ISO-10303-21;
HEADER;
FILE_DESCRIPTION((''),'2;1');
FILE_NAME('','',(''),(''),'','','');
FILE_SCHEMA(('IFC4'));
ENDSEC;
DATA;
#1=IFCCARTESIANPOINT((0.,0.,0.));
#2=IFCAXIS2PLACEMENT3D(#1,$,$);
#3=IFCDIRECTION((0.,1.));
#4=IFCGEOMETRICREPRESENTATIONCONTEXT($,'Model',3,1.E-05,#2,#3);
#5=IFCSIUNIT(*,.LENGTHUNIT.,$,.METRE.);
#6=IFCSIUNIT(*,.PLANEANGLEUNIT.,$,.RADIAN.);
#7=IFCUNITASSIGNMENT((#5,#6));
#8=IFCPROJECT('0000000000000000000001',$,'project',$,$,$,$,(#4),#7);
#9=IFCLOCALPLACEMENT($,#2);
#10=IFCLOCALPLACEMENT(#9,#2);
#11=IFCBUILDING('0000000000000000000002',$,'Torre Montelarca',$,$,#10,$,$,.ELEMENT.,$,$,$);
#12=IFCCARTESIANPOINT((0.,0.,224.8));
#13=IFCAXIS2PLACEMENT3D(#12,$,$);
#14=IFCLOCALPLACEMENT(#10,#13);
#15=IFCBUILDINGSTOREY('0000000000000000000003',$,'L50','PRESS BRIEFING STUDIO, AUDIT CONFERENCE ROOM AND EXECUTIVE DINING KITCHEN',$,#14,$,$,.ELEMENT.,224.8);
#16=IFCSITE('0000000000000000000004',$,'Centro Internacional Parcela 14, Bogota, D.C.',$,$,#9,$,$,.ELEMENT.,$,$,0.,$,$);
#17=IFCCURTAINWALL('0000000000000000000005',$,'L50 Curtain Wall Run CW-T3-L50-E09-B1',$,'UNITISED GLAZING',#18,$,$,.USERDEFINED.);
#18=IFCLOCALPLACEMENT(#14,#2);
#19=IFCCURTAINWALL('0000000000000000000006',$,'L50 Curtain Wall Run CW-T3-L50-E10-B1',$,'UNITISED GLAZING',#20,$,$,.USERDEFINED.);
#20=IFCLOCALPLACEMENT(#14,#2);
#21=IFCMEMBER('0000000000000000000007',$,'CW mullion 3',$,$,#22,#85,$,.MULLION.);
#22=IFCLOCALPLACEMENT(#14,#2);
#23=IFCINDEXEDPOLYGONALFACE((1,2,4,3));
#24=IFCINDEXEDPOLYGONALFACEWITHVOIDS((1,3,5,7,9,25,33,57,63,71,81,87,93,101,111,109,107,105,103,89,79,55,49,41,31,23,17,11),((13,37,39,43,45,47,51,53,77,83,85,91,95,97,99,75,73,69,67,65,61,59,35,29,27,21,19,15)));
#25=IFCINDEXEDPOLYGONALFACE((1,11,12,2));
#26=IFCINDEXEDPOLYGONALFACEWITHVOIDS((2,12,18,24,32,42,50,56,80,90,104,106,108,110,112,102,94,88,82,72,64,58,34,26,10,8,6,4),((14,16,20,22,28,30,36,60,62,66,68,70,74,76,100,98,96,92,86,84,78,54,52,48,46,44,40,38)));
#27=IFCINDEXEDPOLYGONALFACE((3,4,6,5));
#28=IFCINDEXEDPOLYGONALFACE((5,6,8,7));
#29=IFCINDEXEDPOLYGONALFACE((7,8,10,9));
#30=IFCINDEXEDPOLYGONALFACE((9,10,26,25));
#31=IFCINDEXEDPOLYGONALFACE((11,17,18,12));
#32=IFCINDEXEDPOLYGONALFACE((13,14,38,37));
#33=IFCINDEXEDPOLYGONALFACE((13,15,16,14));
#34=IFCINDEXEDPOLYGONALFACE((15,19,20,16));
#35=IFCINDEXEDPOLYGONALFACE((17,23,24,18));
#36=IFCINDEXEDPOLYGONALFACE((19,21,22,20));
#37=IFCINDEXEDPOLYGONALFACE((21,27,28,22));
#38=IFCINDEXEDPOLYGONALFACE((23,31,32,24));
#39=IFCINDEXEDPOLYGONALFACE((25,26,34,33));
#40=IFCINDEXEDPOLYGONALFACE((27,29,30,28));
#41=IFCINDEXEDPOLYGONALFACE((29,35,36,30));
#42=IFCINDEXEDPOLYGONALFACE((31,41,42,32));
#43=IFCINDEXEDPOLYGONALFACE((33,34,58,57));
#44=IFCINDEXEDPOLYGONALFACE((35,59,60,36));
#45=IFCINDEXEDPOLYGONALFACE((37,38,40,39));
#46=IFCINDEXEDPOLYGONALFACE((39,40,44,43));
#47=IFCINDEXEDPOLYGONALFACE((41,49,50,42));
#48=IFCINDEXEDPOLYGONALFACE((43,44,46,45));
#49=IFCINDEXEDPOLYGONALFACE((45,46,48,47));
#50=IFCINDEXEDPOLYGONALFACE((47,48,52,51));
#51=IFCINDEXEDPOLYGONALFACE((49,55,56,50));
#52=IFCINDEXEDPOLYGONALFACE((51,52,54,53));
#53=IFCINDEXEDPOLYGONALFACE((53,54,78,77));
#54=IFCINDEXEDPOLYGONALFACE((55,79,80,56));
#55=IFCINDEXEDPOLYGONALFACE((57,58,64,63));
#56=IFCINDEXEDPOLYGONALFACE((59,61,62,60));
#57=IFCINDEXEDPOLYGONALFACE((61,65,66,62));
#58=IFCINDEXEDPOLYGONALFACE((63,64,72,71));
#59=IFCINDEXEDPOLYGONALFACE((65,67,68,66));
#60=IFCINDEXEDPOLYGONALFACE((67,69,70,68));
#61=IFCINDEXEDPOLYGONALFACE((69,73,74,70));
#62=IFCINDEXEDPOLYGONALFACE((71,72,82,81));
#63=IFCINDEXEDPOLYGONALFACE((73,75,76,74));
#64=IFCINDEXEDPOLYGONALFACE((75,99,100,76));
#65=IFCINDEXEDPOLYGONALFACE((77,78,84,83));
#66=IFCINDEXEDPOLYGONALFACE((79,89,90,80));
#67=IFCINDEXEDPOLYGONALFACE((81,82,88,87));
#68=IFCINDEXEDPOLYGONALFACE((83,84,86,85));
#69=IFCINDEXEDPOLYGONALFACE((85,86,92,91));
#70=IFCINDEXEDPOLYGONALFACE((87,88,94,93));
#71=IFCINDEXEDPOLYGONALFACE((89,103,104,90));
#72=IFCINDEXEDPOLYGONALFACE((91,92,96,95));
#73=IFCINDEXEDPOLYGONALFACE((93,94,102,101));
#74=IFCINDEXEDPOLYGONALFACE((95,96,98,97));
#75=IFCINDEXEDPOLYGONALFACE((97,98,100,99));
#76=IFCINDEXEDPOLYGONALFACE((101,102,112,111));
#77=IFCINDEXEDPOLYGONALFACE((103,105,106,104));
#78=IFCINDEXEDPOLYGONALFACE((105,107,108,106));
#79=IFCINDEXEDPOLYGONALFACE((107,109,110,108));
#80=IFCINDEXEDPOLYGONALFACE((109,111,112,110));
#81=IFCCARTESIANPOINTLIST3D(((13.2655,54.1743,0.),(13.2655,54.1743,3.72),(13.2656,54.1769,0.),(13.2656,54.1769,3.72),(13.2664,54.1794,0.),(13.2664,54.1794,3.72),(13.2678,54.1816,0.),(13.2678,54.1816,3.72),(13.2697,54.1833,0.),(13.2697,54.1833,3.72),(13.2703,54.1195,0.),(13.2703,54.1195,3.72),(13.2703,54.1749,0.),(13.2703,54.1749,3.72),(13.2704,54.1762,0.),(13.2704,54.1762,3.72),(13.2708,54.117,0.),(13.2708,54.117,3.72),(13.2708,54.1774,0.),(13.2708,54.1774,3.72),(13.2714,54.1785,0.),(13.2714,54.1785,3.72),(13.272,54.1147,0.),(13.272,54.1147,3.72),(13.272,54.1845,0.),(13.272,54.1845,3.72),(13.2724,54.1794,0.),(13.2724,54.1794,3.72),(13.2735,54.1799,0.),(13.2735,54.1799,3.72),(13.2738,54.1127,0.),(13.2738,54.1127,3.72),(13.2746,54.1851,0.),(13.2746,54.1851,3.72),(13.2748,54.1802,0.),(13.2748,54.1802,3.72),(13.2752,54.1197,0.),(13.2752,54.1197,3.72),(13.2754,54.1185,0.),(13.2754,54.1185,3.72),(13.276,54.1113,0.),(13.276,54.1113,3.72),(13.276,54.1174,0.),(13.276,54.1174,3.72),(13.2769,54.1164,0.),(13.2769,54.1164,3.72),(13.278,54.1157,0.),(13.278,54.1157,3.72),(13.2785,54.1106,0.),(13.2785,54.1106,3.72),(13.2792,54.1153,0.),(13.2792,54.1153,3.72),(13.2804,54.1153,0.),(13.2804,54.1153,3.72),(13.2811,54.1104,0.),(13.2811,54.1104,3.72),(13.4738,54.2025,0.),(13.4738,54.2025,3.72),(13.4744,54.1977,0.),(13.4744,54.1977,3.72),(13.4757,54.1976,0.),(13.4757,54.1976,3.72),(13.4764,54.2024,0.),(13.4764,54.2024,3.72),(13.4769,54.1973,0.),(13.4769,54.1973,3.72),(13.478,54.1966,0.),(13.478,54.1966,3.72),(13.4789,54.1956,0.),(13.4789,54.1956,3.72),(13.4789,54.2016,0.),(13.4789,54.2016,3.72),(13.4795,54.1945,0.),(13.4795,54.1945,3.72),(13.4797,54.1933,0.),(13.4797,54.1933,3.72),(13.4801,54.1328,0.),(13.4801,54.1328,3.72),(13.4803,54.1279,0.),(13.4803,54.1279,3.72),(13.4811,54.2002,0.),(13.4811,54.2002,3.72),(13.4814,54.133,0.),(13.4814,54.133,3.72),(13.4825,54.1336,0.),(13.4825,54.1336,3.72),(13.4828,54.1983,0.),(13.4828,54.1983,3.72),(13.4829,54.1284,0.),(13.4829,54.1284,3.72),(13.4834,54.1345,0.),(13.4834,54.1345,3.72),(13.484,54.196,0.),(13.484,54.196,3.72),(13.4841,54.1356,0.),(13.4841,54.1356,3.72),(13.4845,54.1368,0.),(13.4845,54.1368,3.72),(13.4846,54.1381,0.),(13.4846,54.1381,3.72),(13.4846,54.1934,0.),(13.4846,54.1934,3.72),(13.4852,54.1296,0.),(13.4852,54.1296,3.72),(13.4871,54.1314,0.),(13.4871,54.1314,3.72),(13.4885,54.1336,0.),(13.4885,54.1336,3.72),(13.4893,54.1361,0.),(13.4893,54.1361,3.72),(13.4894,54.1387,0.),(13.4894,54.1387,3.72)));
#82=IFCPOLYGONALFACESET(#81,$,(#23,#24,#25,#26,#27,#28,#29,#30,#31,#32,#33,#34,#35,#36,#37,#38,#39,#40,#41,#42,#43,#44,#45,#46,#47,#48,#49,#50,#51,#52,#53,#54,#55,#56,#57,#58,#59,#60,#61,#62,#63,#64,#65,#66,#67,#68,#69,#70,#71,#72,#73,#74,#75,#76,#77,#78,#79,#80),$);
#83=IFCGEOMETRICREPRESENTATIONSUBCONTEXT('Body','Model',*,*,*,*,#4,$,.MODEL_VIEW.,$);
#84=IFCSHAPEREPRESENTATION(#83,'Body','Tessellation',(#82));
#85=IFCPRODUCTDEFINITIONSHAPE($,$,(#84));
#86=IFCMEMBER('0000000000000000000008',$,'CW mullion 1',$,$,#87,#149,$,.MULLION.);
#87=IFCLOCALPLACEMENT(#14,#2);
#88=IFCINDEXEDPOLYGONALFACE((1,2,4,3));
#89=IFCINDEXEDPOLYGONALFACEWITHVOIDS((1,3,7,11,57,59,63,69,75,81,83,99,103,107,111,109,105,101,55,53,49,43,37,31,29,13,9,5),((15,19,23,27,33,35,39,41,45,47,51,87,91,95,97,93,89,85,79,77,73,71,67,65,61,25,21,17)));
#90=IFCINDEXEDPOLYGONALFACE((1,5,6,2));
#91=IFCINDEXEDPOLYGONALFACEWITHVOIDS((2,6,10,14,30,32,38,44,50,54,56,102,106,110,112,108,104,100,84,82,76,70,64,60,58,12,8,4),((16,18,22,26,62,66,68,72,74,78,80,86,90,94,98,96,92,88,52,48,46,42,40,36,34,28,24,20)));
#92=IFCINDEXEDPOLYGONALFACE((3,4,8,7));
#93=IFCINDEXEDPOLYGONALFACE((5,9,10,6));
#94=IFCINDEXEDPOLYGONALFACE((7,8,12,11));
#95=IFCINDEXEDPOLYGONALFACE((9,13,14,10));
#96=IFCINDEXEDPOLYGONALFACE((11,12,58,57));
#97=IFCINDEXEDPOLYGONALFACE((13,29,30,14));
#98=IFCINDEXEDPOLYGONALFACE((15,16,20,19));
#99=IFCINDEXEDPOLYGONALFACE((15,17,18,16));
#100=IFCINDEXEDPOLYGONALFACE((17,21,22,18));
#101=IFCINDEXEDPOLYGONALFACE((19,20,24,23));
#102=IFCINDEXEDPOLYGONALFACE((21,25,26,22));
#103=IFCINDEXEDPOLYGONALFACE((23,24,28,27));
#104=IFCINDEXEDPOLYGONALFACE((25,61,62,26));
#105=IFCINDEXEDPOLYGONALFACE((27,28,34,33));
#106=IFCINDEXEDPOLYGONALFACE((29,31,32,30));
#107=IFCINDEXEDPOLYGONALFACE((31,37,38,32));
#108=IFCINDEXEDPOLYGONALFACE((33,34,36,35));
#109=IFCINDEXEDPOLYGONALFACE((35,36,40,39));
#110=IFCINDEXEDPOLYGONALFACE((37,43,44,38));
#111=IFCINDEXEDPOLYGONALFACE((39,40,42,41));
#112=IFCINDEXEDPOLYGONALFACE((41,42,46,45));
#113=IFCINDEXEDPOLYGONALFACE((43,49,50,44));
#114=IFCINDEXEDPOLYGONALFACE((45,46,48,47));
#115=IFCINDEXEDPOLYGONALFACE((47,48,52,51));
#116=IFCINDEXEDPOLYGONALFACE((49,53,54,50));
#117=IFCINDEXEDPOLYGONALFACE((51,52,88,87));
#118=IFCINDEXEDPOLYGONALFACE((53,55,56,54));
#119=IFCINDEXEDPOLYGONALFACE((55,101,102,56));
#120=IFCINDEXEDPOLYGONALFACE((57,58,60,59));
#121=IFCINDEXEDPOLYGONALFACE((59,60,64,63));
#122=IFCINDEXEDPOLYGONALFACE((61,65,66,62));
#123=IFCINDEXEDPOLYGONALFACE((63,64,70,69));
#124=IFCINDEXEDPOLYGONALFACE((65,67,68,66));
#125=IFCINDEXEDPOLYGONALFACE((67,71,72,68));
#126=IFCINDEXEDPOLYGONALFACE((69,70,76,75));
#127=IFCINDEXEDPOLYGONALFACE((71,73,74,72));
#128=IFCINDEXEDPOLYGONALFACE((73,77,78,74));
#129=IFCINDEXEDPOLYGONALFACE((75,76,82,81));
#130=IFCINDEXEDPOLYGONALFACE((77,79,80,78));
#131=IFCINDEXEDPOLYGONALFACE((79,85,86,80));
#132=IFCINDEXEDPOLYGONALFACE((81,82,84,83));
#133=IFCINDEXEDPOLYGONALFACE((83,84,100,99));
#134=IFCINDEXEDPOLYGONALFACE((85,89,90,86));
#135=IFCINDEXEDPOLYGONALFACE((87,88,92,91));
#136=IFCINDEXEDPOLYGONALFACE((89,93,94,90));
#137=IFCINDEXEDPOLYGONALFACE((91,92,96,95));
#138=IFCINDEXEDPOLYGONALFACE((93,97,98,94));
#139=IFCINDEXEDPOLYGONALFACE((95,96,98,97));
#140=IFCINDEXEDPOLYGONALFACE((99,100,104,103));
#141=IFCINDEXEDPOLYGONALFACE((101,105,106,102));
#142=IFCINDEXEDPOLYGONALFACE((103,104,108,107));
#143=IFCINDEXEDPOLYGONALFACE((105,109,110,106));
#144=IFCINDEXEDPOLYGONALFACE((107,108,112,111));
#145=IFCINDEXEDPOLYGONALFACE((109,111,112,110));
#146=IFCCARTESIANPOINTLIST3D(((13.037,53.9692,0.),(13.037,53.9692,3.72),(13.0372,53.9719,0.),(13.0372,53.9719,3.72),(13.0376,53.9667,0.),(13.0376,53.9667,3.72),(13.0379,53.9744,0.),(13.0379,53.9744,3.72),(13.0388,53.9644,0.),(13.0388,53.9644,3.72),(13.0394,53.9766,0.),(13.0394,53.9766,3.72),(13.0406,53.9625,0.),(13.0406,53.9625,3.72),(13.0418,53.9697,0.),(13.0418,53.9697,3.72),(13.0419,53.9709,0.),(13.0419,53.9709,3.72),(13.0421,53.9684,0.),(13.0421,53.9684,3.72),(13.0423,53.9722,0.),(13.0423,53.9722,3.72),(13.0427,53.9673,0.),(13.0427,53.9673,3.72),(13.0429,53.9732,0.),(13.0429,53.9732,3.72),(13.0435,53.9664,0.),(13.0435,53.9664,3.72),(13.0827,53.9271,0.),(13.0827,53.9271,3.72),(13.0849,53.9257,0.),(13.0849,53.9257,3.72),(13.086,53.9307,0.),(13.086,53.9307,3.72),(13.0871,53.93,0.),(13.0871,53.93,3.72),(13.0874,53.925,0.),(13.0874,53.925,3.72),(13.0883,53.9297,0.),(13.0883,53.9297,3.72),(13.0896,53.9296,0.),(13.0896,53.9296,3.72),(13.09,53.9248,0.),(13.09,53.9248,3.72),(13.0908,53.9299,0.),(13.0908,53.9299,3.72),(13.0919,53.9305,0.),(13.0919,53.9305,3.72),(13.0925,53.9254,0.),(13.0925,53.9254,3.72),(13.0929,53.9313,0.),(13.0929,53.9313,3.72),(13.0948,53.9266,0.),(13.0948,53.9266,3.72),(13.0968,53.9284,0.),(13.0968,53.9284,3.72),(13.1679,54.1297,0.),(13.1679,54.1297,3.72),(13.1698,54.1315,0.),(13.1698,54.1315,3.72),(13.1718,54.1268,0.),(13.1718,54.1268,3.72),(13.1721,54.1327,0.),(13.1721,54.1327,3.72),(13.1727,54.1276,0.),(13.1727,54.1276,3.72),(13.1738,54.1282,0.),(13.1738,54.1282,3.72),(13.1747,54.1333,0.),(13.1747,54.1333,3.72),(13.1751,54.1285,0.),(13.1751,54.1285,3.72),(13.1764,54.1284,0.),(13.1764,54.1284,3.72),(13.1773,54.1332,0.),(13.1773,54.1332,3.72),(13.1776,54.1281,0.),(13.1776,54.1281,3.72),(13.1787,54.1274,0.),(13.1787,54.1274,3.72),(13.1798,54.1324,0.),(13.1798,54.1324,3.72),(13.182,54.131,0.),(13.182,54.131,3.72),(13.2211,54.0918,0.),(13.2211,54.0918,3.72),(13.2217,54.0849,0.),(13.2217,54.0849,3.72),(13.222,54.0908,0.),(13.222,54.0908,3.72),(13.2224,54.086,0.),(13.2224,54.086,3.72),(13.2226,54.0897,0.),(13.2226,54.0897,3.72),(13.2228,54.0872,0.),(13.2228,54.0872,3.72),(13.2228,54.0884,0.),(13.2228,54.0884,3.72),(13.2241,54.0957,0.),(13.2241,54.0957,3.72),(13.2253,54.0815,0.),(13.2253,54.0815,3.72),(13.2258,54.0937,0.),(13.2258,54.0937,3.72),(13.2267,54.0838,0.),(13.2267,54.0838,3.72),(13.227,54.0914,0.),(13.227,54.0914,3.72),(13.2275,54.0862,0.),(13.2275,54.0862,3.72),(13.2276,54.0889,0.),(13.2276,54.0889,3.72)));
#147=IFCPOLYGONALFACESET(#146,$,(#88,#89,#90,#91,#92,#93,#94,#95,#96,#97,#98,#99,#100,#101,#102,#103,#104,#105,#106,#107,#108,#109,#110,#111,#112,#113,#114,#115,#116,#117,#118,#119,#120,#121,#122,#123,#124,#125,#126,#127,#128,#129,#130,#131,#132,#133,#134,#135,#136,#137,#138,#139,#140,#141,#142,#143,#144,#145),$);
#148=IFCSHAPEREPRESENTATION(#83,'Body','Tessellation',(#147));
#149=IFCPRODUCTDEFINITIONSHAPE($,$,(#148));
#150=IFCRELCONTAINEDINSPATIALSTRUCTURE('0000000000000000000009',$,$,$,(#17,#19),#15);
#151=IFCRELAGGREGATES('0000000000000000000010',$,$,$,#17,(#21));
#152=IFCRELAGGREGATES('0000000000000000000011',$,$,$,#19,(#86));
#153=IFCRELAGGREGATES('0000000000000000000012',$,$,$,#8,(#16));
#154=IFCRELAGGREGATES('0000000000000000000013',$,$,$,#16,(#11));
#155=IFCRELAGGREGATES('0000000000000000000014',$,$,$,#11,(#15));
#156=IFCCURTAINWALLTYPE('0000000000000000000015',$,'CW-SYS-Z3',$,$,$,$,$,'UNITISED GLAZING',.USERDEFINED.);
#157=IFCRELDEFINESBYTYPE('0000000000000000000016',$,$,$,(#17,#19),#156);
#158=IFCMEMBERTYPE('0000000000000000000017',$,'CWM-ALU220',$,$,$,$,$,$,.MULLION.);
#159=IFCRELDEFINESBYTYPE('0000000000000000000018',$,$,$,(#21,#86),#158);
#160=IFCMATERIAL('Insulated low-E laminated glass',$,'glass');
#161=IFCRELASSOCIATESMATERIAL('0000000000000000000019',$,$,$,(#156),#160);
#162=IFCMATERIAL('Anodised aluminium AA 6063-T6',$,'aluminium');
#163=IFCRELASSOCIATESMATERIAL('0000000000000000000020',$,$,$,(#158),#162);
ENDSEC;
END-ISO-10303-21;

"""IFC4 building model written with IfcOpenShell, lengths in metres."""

from ifc_helpers import new_model, si_unit, direction, frame, origin, origin_2d, place, context, subcontext, project, spatial, hollow_rectangle, extrude, source, transform, mapped, material, material_profile, profile_set, type_object, element, aggregate, save


model = new_model("IFC4")

# Units and contexts
model_context = context("Model", 3, precision=1e-05, world=origin(), true_north=direction((0.0, 1.0)))
body_context = subcontext(model_context, "Body", "Model", "MODEL_VIEW")
ifc_project = project(units=[si_unit("LENGTHUNIT", "METRE"), si_unit("PLANEANGLEUNIT", "RADIAN")], contexts=[model_context])

# Site, building, storey
site_placement = place(None, origin())
site = spatial("IfcSite", under=ifc_project, at=site_placement, Name="Centro Internacional Parcela 14, Bogota, D.C.", CompositionType="ELEMENT", RefElevation=0.0)
building_placement = place(site_placement, origin())
building = spatial("IfcBuilding", under=site, at=building_placement, Name="Torre Montelarca", CompositionType="ELEMENT")
storey_placement = place(building_placement, frame((0.0, 0.0, 224.8)))
storey = spatial("IfcBuildingStorey", under=building, at=storey_placement, Name="L50", Description="PRESS BRIEFING STUDIO, AUDIT CONFERENCE ROOM AND EXECUTIVE DINING KITCHEN", CompositionType="ELEMENT", Elevation=224.8)

# Curtain walls
ifc_material_1 = material(Name="Insulated low-E laminated glass", Category="glass")
curtain_wall_type = type_object("IfcCurtainWallType", Name="CW-SYS-Z3", ElementType="UNITISED GLAZING", PredefinedType="USERDEFINED", material=ifc_material_1)
curtain_wall_1_placement = place(storey_placement, origin())
curtain_wall_1 = element("IfcCurtainWall", 1, at=curtain_wall_1_placement, inside=storey, type_object=curtain_wall_type, Name="L50 Curtain Wall Run CW-T3-L50-E09-B1", ObjectType="UNITISED GLAZING", PredefinedType="USERDEFINED")
ifc_material_2 = material(Name="Anodised aluminium AA 6063-T6", Category="aluminium")
curtain_wall_2_placement = place(storey_placement, origin())
curtain_wall_2 = element("IfcCurtainWall", 2, at=curtain_wall_2_placement, inside=storey, type_object=curtain_wall_type, Name="L50 Curtain Wall Run CW-T3-L50-E10-B1", ObjectType="UNITISED GLAZING", PredefinedType="USERDEFINED")

# Members
ifc_material_profile_1 = material_profile(ifc_material_2, hollow_rectangle(XDim=0.075, YDim=0.22, WallThickness=0.0049, InnerFilletRadius=0.0049, OuterFilletRadius=0.01, at=origin_2d()), Name="ALU75X220X5", Category="aluminium")
ifc_profile_set_1 = profile_set([ifc_material_profile_1], Name="Anodised aluminium AA 6063-T6")
member_type_1 = type_object("IfcMemberType", Name="CWM-ALU220", PredefinedType="MULLION", material=ifc_profile_set_1)
shared_shape_1 = source(origin(), body_context, "Body", "SweptSolid", [
    extrude(hollow_rectangle(XDim=0.075, YDim=0.22, WallThickness=0.0049, InnerFilletRadius=0.0049, OuterFilletRadius=0.01, at=origin_2d()), origin(), (0.0, 0.0, 1.0), 3.72),
])
member_1_placement = place(storey_placement, frame((13.3774, 54.1565, 0.0), z_axis=(0.0, 0.0, 1.0), x_axis=(0.087183, -0.996192, 0.0)))
member_1 = element("IfcMember", 3, at=member_1_placement, type_object=member_type_1, Name="CW mullion 3", PredefinedType="MULLION", context=body_context, shape_type="MappedRepresentation", body=[
    mapped(shared_shape_1, transform((0.0, 0.0, 0.0), scale=1.0)),
])
member_2_placement = place(storey_placement, frame((13.1323, 54.0291, 0.0), z_axis=(0.0, 0.0, 1.0), x_axis=(0.766044, -0.642788, 0.0)))
member_2 = element("IfcMember", 4, at=member_2_placement, type_object=member_type_1, Name="CW mullion 1", PredefinedType="MULLION", context=body_context, shape_type="MappedRepresentation", body=[
    mapped(shared_shape_1, transform((0.0, 0.0, 0.0), scale=1.0)),
])

aggregate(curtain_wall_1, [member_1])
aggregate(curtain_wall_2, [member_2])

save(model, "model.ifc")
